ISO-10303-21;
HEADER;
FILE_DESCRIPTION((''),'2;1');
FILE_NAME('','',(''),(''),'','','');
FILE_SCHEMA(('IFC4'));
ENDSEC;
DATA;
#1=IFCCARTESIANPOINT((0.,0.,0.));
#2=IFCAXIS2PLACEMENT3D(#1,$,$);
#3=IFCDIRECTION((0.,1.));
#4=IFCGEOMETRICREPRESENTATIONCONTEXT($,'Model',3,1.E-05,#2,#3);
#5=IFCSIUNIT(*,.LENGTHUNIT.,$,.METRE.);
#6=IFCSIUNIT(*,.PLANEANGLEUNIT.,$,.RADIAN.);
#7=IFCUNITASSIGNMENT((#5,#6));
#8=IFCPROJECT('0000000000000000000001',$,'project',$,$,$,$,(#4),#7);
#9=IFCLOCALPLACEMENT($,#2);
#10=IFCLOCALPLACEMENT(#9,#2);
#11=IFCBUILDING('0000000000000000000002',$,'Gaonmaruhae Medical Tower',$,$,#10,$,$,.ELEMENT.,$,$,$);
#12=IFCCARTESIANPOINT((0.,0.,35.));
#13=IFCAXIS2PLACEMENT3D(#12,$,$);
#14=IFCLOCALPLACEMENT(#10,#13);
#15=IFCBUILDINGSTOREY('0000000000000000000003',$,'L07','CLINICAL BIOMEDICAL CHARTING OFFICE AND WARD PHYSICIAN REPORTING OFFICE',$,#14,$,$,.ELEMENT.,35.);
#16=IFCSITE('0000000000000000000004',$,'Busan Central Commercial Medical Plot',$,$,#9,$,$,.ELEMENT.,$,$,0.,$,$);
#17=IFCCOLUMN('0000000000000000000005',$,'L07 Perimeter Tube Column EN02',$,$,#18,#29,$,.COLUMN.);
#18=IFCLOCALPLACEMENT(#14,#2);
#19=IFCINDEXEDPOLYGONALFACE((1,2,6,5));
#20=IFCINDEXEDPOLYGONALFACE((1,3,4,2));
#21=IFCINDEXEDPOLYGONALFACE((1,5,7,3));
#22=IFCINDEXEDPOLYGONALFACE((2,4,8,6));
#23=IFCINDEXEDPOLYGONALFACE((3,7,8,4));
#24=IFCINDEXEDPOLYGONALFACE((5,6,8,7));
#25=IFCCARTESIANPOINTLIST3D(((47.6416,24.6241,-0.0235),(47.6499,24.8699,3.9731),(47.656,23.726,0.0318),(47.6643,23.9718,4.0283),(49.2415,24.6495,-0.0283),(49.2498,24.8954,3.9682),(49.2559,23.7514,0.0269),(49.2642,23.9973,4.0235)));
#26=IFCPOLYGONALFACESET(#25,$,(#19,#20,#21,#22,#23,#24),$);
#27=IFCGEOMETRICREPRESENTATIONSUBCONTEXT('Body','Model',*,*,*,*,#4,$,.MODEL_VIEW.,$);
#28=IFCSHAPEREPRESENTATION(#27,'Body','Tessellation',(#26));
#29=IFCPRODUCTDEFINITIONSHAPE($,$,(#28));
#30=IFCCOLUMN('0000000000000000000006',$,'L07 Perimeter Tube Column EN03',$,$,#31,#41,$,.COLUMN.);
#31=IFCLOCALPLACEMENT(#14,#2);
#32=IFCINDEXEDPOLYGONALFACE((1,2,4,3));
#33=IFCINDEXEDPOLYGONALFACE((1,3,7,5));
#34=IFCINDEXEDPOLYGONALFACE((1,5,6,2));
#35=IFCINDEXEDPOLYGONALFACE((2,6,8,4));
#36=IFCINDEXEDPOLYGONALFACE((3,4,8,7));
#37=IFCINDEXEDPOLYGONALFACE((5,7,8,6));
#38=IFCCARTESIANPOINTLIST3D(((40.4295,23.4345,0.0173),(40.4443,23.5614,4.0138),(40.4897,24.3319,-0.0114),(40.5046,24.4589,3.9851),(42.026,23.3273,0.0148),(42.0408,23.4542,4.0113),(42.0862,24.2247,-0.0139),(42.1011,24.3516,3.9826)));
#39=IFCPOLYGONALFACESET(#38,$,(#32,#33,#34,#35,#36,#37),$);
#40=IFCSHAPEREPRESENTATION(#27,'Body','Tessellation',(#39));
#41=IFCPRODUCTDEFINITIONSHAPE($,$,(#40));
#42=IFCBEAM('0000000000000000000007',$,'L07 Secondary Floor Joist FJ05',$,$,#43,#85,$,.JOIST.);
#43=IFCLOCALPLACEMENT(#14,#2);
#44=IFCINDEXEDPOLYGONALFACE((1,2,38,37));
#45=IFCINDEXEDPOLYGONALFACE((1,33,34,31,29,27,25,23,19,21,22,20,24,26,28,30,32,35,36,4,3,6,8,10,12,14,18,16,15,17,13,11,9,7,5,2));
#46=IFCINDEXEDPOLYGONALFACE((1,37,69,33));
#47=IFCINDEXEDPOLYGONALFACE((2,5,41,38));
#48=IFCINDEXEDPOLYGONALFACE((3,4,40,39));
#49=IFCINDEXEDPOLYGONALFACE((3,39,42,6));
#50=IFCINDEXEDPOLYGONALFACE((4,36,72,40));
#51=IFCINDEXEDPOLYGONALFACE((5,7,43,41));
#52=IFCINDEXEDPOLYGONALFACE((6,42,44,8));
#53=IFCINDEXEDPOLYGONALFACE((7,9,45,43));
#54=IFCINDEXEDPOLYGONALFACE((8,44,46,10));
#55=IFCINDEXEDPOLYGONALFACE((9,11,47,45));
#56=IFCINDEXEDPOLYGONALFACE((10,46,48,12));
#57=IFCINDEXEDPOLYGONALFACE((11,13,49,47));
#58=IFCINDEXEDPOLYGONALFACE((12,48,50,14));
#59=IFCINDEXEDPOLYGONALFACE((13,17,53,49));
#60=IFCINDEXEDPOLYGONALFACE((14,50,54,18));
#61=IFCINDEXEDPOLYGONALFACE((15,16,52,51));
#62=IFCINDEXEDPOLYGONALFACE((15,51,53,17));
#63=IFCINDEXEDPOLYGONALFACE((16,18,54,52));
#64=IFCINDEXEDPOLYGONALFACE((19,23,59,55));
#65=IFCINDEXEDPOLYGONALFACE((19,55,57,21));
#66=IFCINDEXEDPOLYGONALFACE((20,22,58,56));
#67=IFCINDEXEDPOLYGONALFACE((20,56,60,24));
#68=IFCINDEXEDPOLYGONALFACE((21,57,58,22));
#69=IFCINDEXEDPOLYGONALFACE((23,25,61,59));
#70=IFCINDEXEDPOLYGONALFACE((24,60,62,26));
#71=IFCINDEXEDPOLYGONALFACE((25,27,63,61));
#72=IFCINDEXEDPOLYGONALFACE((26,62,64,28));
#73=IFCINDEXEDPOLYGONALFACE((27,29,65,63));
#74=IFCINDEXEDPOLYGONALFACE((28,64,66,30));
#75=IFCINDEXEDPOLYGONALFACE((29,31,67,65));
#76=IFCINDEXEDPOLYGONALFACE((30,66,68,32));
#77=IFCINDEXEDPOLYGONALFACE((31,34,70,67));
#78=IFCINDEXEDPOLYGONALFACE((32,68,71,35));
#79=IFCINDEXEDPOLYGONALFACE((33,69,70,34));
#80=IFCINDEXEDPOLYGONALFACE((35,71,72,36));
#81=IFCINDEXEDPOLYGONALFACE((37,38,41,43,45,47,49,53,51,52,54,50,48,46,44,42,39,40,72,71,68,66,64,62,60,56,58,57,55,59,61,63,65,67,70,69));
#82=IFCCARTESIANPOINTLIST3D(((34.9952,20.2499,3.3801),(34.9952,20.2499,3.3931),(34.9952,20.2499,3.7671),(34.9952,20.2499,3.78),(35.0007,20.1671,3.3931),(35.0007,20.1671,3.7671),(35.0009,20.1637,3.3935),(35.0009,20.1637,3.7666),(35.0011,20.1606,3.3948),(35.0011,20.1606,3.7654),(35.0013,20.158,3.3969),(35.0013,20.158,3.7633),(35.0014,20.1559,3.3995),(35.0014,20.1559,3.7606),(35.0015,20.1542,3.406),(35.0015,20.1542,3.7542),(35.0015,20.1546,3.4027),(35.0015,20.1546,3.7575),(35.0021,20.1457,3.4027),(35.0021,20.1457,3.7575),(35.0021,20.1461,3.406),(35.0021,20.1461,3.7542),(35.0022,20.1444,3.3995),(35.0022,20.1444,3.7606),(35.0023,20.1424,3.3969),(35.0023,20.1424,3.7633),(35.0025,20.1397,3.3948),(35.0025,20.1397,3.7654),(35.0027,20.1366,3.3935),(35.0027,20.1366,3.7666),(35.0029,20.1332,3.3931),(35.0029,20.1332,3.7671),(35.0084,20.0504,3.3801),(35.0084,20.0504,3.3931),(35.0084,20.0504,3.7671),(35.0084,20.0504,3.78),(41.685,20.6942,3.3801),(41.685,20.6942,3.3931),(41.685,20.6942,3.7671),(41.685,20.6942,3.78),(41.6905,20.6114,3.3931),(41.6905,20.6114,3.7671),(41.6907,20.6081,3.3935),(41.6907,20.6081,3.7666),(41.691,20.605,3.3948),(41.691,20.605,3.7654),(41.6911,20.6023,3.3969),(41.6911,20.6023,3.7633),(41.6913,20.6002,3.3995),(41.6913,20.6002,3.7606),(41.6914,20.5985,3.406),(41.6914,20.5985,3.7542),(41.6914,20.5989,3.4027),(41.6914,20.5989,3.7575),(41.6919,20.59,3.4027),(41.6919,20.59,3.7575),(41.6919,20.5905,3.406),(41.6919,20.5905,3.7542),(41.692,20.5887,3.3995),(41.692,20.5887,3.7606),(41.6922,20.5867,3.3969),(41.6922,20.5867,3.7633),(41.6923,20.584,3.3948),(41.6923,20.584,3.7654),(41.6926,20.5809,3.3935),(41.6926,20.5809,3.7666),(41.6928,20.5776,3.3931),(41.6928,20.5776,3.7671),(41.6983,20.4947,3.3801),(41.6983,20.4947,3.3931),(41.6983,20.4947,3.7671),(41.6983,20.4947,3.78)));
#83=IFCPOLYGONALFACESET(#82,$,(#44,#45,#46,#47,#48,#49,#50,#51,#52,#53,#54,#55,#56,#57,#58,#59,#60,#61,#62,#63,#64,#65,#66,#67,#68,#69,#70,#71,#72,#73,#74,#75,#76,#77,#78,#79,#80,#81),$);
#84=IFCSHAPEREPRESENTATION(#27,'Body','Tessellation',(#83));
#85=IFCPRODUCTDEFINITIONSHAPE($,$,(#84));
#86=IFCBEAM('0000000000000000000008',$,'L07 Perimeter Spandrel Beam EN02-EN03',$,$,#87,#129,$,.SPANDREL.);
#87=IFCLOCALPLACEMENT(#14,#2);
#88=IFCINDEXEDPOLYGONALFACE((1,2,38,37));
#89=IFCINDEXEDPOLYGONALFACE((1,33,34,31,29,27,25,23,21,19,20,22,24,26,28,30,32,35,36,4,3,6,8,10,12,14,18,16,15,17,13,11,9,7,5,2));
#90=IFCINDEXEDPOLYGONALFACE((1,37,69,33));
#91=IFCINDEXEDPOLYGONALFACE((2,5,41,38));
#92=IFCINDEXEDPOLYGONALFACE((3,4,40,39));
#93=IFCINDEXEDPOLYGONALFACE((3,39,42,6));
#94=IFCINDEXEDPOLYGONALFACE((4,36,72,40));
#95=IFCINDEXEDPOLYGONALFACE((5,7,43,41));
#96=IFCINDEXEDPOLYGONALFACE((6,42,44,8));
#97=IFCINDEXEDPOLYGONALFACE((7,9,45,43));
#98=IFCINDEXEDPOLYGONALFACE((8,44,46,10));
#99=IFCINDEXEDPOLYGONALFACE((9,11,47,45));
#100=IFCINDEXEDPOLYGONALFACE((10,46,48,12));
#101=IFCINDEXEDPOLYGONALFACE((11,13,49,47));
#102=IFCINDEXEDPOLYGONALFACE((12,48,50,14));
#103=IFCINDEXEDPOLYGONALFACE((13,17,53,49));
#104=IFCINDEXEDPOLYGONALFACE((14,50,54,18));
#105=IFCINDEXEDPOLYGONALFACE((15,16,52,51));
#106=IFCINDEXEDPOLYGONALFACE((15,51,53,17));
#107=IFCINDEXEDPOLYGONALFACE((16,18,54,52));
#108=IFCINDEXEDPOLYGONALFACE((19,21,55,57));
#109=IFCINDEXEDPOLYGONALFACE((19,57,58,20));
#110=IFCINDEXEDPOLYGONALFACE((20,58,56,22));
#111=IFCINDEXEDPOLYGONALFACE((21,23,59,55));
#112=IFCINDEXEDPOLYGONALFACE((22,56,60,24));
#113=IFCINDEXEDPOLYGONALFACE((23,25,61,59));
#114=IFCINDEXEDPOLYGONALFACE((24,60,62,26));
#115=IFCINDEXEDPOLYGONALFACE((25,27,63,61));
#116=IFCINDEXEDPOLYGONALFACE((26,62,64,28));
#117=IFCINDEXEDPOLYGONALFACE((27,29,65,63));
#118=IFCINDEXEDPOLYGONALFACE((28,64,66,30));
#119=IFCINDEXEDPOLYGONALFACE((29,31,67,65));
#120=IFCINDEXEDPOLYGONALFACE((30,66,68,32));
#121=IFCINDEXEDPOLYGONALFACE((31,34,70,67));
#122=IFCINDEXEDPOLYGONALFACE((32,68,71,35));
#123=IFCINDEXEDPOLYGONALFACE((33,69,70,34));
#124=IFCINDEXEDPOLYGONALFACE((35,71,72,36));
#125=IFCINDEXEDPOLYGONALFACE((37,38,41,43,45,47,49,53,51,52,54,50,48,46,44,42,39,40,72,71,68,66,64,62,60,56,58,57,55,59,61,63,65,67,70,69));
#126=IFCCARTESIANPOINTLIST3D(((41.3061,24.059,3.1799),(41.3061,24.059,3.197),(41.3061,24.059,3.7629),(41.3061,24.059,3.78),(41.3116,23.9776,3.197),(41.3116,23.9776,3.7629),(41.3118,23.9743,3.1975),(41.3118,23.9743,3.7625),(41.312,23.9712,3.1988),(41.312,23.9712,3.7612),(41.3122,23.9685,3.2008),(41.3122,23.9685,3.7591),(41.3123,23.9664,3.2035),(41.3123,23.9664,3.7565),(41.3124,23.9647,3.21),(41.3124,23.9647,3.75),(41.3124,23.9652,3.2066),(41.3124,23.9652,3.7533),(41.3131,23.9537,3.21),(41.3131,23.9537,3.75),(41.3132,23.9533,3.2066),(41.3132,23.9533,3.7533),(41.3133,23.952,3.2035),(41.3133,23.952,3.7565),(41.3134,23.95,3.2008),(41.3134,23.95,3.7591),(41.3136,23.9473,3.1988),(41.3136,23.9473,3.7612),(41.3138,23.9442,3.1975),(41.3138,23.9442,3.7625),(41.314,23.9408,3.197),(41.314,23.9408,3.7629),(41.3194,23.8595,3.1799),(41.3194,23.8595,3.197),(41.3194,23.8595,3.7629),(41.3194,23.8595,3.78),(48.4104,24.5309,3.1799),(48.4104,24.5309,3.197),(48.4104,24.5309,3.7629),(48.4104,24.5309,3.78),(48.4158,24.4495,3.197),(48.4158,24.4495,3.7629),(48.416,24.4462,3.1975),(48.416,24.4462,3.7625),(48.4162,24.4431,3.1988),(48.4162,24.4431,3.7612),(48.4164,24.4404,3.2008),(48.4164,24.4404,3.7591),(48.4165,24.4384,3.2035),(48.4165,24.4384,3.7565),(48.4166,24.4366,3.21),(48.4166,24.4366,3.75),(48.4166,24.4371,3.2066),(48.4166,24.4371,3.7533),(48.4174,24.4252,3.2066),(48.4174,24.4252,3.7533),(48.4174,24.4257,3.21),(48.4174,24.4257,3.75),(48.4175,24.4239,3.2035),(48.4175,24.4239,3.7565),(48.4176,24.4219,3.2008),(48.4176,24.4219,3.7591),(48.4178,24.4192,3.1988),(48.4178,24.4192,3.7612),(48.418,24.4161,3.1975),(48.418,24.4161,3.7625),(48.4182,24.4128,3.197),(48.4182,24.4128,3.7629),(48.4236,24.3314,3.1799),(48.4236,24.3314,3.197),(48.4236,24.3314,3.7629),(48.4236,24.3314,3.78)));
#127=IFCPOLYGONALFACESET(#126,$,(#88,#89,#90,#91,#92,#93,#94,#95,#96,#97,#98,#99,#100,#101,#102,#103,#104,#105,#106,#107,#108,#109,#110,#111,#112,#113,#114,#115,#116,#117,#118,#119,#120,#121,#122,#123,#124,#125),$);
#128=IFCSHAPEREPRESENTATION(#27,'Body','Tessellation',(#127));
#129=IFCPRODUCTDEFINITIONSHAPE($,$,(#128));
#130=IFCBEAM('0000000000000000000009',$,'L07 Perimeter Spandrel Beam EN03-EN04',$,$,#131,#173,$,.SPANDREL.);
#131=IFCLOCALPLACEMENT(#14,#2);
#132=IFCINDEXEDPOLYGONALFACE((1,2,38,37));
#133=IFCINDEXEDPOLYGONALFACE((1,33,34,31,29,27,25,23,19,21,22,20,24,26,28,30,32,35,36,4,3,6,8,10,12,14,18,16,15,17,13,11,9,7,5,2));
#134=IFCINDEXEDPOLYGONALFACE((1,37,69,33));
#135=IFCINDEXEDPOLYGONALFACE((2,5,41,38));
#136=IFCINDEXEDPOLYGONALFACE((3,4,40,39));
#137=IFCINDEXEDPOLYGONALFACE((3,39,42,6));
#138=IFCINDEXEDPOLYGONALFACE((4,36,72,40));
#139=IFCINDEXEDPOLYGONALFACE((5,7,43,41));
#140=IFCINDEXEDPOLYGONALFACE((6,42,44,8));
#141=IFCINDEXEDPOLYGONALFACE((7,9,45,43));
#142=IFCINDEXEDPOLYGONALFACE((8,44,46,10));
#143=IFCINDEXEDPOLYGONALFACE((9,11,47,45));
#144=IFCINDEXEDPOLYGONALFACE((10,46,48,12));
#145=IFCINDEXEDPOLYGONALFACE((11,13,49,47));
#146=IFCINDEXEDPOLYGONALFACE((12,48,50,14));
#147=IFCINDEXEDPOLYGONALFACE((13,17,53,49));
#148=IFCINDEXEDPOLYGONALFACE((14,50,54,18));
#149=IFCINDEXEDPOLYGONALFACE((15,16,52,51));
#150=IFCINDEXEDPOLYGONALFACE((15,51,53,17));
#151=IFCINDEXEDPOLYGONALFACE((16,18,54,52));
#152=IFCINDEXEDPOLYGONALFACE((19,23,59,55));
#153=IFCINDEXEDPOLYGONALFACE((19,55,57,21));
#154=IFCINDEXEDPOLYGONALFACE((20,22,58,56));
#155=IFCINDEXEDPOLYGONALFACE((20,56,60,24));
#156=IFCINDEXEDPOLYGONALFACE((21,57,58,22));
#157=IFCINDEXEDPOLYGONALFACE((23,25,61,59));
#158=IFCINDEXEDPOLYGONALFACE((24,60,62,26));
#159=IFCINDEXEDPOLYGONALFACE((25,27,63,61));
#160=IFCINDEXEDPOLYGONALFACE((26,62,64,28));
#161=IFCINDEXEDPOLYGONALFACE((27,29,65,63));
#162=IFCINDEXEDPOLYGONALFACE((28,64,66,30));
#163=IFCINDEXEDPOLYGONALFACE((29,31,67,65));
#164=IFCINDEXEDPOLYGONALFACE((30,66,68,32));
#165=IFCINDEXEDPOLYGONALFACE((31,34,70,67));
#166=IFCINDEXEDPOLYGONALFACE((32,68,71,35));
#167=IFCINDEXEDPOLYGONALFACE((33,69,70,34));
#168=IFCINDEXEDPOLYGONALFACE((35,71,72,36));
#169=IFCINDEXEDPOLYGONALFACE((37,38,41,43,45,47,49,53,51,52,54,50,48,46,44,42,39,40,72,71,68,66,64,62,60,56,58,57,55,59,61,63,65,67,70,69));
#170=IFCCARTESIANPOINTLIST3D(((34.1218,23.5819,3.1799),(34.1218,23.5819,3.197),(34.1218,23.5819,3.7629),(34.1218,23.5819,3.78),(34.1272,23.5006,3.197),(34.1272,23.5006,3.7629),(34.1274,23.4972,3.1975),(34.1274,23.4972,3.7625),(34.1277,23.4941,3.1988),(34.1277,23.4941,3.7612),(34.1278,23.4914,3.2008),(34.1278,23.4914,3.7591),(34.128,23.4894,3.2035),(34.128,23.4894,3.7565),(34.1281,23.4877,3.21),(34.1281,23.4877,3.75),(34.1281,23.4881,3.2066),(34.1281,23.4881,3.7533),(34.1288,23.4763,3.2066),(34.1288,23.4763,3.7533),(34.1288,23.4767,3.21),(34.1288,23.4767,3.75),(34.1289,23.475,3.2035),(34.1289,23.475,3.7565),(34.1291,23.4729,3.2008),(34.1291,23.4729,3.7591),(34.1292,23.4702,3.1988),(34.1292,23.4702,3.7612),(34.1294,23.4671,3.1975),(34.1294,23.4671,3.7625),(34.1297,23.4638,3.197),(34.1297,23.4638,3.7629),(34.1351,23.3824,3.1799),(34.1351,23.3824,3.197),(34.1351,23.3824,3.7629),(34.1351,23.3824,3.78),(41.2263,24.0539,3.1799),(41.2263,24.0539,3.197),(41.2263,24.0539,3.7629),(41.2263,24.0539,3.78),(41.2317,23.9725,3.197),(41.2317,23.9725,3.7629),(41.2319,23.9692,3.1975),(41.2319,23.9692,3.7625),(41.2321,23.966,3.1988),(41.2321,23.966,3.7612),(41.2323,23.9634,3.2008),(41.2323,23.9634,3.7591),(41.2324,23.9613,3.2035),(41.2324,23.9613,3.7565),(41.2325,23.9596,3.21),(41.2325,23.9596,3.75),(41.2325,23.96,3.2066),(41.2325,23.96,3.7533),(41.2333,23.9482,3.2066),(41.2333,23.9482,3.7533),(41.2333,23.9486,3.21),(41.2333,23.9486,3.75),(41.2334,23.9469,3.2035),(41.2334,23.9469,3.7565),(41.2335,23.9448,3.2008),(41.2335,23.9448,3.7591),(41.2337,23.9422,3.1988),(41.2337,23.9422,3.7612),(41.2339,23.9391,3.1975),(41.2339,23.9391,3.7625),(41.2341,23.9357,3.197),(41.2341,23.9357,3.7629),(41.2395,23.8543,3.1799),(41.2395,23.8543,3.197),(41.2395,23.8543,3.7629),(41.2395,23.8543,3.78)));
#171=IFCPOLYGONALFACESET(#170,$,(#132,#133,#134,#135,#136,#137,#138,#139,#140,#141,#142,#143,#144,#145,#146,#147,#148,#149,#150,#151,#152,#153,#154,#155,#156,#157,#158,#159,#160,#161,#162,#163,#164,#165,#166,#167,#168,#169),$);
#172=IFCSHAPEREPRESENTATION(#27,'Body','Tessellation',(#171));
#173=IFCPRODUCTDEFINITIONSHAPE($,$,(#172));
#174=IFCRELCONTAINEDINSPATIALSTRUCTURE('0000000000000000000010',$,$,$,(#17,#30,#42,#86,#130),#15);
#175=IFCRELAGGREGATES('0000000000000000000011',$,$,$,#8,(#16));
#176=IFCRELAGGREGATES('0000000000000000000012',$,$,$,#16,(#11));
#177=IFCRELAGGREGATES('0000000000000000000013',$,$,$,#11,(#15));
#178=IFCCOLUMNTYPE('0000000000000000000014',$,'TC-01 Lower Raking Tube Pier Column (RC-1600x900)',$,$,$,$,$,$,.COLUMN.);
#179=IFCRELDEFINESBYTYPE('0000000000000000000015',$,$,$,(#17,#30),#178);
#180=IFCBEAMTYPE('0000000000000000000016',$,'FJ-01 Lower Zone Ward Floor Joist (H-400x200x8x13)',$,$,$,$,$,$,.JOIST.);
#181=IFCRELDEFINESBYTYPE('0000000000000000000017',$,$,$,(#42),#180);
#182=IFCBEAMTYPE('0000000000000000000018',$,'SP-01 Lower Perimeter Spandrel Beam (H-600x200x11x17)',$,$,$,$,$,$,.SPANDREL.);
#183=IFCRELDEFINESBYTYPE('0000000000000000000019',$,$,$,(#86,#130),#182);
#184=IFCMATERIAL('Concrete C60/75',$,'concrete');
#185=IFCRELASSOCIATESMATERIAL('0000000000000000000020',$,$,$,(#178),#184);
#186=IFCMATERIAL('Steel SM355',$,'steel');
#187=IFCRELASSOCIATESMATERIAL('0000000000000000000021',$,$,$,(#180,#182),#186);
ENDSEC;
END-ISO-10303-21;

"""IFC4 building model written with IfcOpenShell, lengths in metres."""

from ifc_helpers import new_model, si_unit, direction, frame, origin, origin_2d, place, context, subcontext, project, spatial, rectangle, i_section, extrude, material, material_profile, profile_set, type_object, element, save


model = new_model("IFC4")

# Units and contexts
model_context = context("Model", 3, precision=1e-05, world=origin(), true_north=direction((0.0, 1.0)))
body_context = subcontext(model_context, "Body", "Model", "MODEL_VIEW")
ifc_project = project(units=[si_unit("LENGTHUNIT", "METRE"), si_unit("PLANEANGLEUNIT", "RADIAN")], contexts=[model_context])

# Site, building, storey
site_placement = place(None, origin())
site = spatial("IfcSite", under=ifc_project, at=site_placement, Name="Busan Central Commercial Medical Plot", CompositionType="ELEMENT", RefElevation=0.0)
building_placement = place(site_placement, origin())
building = spatial("IfcBuilding", under=site, at=building_placement, Name="Gaonmaruhae Medical Tower", CompositionType="ELEMENT")
storey_placement = place(building_placement, frame((0.0, 0.0, 35.0)))
storey = spatial("IfcBuildingStorey", under=building, at=storey_placement, Name="L07", Description="CLINICAL BIOMEDICAL CHARTING OFFICE AND WARD PHYSICIAN REPORTING OFFICE", CompositionType="ELEMENT", Elevation=35.0)

# Columns
ifc_material_1 = material(Name="Concrete C60/75", Category="concrete")
ifc_material_profile_1 = material_profile(ifc_material_1, rectangle(XDim=1.6001, YDim=0.8999, at=origin_2d()), Name="RC-1600x900")
ifc_profile_set_1 = profile_set([ifc_material_profile_1], Name="Concrete C60/75")
column_type = type_object("IfcColumnType", Name="TC-01 Lower Raking Tube Pier Column (RC-1600x900)", PredefinedType="COLUMN", material=ifc_profile_set_1)
column_1_placement = place(storey_placement, frame((48.4487, 24.1877, 0.0017), z_axis=(0.002073, 0.061399, 0.998111), x_axis=(-0.999869, -0.015897, 0.003055)))
element("IfcColumn", 1, at=column_1_placement, inside=storey, type_object=column_type, Name="L07 Perimeter Tube Column EN02", PredefinedType="COLUMN", context=body_context, shape_type="SweptSolid", body=[
    extrude(rectangle(XDim=1.6001, YDim=0.8999, at=origin_2d()), origin(), (0.0, 0.0, 1.0), 4.0042),
])
column_2_placement = place(storey_placement, frame((41.2578, 23.8296, 0.0017), z_axis=(0.003724, 0.031749, 0.999489), x_axis=(-0.997751, 0.067007, 0.001589)))
element("IfcColumn", 2, at=column_2_placement, inside=storey, type_object=column_type, Name="L07 Perimeter Tube Column EN03", PredefinedType="COLUMN", context=body_context, shape_type="SweptSolid", body=[
    extrude(rectangle(XDim=1.6001, YDim=0.8999, at=origin_2d()), origin(), (0.0, 0.0, 1.0), 3.9985),
])

# Beams
ifc_material_2 = material(Name="Steel SM355", Category="steel")
ifc_material_profile_2 = material_profile(ifc_material_2, i_section(OverallWidth=0.2, OverallDepth=0.3999, WebThickness=0.0081, FlangeThickness=0.0129, FilletRadius=0.0129, at=origin_2d()), Name="H-400x200x8x13")
ifc_profile_set_2 = profile_set([ifc_material_profile_2], Name="Steel SM355")
beam_type_1 = type_object("IfcBeamType", Name="FJ-01 Lower Zone Ward Floor Joist (H-400x200x8x13)", PredefinedType="JOIST", material=ifc_profile_set_2)
beam_1_placement = place(storey_placement, frame((41.6917, 20.5945, 3.5801), z_axis=(-0.997802, -0.066272, 0.0), x_axis=(0.066272, -0.997802, 0.0)))
element("IfcBeam", 3, at=beam_1_placement, inside=storey, type_object=beam_type_1, Name="L07 Secondary Floor Joist FJ05", PredefinedType="JOIST", context=body_context, shape_type="SweptSolid", body=[
    extrude(i_section(OverallWidth=0.2, OverallDepth=0.3999, WebThickness=0.0081, FlangeThickness=0.0129, FilletRadius=0.0129, at=origin_2d()), origin(), (0.0, 0.0, 1.0), 6.7046),
])
ifc_material_profile_3 = material_profile(ifc_material_2, i_section(OverallWidth=0.2, OverallDepth=0.6001, WebThickness=0.011, FlangeThickness=0.0171, FilletRadius=0.0129, at=origin_2d()), Name="H-600x200x11x17")
ifc_profile_set_3 = profile_set([ifc_material_profile_3], Name="Steel SM355")
beam_type_2 = type_object("IfcBeamType", Name="SP-01 Lower Perimeter Spandrel Beam (H-600x200x11x17)", PredefinedType="SPANDREL", material=ifc_profile_set_3)
beam_2_placement = place(storey_placement, frame((48.417, 24.4312, 3.48), z_axis=(-0.997801, -0.066282, 0.0), x_axis=(0.066282, -0.997801, 0.0)))
element("IfcBeam", 4, at=beam_2_placement, inside=storey, type_object=beam_type_2, Name="L07 Perimeter Spandrel Beam EN02-EN03", PredefinedType="SPANDREL", context=body_context, shape_type="SweptSolid", body=[
    extrude(i_section(OverallWidth=0.2, OverallDepth=0.6001, WebThickness=0.011, FlangeThickness=0.0171, FilletRadius=0.0129, at=origin_2d()), origin(), (0.0, 0.0, 1.0), 7.1199),
])
beam_3_placement = place(storey_placement, frame((41.2329, 23.9541, 3.48), z_axis=(-0.997801, -0.06628, 0.0), x_axis=(0.06628, -0.997801, 0.0)))
element("IfcBeam", 5, at=beam_3_placement, inside=storey, type_object=beam_type_2, Name="L07 Perimeter Spandrel Beam EN03-EN04", PredefinedType="SPANDREL", context=body_context, shape_type="SweptSolid", body=[
    extrude(i_section(OverallWidth=0.2, OverallDepth=0.6001, WebThickness=0.011, FlangeThickness=0.0171, FilletRadius=0.0129, at=origin_2d()), origin(), (0.0, 0.0, 1.0), 7.1201),
])

save(model, "model.ifc")
